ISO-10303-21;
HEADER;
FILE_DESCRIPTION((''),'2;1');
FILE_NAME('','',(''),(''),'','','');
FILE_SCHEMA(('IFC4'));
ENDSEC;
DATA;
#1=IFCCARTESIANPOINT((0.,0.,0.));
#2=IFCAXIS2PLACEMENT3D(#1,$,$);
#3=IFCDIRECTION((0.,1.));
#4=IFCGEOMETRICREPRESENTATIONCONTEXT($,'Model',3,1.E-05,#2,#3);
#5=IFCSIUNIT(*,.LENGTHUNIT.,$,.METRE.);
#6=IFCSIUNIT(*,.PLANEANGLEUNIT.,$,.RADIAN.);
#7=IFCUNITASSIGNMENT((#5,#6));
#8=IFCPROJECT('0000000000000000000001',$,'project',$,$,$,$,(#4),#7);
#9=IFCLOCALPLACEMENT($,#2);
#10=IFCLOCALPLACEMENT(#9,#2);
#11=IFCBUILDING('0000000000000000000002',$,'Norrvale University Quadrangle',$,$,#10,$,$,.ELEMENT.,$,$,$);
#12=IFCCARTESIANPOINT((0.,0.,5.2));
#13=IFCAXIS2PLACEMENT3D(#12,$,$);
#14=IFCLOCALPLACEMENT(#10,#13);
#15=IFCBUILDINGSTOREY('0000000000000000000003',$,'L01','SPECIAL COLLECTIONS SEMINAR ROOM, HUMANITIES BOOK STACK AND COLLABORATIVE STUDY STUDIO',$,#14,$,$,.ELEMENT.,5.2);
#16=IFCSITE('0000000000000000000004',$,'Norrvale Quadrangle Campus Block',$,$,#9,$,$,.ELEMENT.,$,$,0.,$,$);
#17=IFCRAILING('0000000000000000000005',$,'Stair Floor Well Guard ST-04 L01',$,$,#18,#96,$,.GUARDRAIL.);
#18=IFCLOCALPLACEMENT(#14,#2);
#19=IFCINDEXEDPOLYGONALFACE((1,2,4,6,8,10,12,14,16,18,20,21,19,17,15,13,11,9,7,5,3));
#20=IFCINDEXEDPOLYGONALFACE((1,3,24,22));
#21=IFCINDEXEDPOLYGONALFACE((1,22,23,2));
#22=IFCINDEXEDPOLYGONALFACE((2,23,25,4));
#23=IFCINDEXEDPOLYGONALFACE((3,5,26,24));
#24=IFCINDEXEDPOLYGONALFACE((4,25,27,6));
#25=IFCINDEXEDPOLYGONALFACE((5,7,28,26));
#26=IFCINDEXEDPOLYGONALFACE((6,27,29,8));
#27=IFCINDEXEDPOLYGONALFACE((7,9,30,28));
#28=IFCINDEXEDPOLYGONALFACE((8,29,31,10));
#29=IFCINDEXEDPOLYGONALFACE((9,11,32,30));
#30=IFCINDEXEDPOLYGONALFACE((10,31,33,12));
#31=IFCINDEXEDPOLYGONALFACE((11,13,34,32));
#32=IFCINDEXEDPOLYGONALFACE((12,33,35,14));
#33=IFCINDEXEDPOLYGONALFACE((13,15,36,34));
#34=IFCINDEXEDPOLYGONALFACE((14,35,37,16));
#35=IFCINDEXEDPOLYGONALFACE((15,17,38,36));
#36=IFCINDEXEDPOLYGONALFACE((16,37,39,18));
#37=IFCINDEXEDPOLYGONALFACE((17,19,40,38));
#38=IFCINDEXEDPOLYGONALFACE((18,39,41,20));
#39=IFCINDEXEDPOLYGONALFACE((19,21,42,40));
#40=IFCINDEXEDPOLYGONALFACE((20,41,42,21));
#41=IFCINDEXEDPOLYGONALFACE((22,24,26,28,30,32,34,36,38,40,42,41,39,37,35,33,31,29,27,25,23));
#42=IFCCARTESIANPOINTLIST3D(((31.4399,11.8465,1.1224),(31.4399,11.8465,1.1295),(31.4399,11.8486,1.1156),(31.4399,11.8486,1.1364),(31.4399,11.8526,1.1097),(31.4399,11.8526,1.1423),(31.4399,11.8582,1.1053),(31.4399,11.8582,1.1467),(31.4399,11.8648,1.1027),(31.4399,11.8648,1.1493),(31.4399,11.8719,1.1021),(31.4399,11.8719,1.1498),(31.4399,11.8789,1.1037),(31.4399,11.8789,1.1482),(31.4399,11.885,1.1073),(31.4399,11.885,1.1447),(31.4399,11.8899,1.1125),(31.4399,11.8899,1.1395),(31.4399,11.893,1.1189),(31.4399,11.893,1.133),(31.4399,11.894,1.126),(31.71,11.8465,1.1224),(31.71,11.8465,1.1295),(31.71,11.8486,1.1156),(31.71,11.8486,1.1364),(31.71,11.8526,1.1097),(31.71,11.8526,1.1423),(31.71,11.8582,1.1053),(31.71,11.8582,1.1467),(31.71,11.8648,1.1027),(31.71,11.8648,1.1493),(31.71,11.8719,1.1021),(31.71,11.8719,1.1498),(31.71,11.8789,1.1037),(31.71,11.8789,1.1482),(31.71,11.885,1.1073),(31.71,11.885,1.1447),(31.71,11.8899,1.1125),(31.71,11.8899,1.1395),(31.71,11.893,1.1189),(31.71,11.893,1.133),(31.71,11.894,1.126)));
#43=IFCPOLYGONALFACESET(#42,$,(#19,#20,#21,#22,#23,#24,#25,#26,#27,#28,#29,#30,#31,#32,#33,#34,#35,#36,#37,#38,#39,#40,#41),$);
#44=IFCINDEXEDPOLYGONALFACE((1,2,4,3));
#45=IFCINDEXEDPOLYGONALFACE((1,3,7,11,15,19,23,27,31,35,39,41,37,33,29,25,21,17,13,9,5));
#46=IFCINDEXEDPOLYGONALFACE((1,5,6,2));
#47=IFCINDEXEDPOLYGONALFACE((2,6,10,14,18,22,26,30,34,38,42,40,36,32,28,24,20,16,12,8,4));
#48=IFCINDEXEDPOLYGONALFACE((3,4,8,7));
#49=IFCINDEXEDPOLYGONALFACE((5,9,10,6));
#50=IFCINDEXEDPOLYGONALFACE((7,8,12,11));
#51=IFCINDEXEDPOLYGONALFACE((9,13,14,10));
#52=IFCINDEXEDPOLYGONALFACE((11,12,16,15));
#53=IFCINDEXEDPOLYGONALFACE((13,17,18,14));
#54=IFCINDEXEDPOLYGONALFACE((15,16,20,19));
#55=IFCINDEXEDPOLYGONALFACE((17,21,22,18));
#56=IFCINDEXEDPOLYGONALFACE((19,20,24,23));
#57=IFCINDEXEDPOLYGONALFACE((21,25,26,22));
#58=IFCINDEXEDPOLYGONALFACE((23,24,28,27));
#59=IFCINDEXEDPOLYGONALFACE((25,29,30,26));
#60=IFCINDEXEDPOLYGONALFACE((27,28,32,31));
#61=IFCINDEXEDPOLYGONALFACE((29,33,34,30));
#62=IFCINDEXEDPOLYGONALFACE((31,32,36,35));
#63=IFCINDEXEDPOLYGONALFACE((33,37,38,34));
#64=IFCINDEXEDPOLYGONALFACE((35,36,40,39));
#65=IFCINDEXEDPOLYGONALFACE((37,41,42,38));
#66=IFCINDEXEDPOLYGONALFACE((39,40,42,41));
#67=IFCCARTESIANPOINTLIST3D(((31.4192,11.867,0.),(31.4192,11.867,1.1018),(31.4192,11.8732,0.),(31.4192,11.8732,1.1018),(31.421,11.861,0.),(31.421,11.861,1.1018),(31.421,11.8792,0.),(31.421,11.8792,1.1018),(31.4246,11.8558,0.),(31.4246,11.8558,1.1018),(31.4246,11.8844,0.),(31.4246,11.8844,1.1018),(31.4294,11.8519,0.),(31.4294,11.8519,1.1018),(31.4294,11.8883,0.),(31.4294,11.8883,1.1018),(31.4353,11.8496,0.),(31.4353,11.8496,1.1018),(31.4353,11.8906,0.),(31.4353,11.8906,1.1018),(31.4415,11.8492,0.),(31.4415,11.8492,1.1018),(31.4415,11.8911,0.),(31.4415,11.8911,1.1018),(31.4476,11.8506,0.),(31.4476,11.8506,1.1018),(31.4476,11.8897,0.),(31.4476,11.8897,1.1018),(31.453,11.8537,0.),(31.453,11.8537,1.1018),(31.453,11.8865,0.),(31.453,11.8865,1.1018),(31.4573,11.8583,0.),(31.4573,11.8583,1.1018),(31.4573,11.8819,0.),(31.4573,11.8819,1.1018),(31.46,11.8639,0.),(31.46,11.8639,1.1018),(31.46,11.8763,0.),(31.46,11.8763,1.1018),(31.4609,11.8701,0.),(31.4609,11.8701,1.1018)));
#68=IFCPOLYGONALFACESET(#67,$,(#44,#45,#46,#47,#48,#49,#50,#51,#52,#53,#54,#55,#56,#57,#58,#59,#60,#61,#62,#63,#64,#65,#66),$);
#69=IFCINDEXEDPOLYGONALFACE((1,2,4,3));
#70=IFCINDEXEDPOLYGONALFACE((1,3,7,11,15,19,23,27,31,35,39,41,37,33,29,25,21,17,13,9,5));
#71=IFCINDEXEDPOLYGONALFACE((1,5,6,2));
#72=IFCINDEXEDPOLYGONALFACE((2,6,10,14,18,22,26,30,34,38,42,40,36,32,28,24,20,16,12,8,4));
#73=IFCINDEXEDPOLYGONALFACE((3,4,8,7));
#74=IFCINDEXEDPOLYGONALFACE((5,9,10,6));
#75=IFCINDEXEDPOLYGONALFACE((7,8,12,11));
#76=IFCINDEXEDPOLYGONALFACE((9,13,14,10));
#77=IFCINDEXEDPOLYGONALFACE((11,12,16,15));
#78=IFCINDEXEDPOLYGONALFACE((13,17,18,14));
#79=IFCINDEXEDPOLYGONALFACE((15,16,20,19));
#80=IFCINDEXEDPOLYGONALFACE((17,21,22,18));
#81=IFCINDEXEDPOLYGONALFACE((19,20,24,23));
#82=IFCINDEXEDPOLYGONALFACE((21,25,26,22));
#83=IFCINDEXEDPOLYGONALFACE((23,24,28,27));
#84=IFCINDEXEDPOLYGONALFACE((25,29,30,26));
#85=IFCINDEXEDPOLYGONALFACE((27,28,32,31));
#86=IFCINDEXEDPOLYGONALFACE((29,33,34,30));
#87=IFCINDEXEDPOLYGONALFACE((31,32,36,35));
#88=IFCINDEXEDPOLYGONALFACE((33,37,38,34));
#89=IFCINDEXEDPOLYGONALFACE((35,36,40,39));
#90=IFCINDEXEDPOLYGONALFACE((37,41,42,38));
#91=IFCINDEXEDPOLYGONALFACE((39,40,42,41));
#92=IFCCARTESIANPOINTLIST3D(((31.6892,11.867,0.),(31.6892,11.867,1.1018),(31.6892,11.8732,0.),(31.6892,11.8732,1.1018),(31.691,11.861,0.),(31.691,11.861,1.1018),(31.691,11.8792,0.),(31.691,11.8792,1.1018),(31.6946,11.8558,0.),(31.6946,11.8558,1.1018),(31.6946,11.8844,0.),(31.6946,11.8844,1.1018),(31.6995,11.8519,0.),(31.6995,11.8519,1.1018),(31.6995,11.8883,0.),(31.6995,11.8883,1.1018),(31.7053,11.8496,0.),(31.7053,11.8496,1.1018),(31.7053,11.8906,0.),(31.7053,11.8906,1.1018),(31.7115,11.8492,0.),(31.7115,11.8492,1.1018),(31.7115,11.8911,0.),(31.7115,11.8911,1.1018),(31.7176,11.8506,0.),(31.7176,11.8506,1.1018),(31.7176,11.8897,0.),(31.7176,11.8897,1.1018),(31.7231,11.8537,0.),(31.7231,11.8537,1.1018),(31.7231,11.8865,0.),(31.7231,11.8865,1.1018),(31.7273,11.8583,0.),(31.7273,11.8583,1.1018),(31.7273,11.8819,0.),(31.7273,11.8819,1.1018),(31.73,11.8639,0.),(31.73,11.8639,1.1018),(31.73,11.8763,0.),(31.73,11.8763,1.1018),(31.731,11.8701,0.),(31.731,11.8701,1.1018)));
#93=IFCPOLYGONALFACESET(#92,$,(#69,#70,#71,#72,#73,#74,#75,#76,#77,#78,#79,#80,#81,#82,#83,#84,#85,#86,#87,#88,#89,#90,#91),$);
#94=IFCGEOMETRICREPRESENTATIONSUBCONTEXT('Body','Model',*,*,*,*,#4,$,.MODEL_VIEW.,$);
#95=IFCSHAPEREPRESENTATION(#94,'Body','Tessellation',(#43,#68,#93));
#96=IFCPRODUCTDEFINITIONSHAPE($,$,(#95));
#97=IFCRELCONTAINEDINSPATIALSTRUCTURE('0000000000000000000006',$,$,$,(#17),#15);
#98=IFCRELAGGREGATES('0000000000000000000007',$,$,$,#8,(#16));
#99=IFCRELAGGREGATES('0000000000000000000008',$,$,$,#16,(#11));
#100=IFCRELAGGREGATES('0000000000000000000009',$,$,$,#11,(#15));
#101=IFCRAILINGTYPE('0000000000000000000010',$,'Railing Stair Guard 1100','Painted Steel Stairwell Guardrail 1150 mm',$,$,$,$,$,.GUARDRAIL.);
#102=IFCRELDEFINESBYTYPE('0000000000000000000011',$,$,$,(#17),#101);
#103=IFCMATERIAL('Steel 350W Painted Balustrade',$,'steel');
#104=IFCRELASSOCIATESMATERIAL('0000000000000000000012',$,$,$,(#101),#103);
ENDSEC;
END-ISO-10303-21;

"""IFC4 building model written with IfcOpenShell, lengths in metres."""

from ifc_helpers import new_model, si_unit, direction, frame, origin, origin_2d, place, context, subcontext, project, spatial, circle, extrude, material, type_object, element, save


model = new_model("IFC4")

# Units and contexts
model_context = context("Model", 3, precision=1e-05, world=origin(), true_north=direction((0.0, 1.0)))
body_context = subcontext(model_context, "Body", "Model", "MODEL_VIEW")
ifc_project = project(units=[si_unit("LENGTHUNIT", "METRE"), si_unit("PLANEANGLEUNIT", "RADIAN")], contexts=[model_context])

# Site, building, storey
site_placement = place(None, origin())
site = spatial("IfcSite", under=ifc_project, at=site_placement, Name="Norrvale Quadrangle Campus Block", CompositionType="ELEMENT", RefElevation=0.0)
building_placement = place(site_placement, origin())
building = spatial("IfcBuilding", under=site, at=building_placement, Name="Norrvale University Quadrangle", CompositionType="ELEMENT")
storey_placement = place(building_placement, frame((0.0, 0.0, 5.2)))
storey = spatial("IfcBuildingStorey", under=building, at=storey_placement, Name="L01", Description="SPECIAL COLLECTIONS SEMINAR ROOM, HUMANITIES BOOK STACK AND COLLABORATIVE STUDY STUDIO", CompositionType="ELEMENT", Elevation=5.2)

# Railing
ifc_material_1 = material(Name="Steel 350W Painted Balustrade", Category="steel")
railing_type_1 = type_object("IfcRailingType", Name="Railing Stair Guard 1100", Description="Painted Steel Stairwell Guardrail 1150 mm", PredefinedType="GUARDRAIL", material=ifc_material_1)
railing_1_placement = place(storey_placement, frame((31.4399, 11.8701, 0.0)))
element("IfcRailing", 1, at=railing_1_placement, inside=storey, type_object=railing_type_1, Name="Stair Floor Well Guard ST-04 L01", PredefinedType="GUARDRAIL", context=body_context, shape_type="SweptSolid", body=[
    extrude(circle(Radius=0.0239, at=origin_2d()), frame((0.0, 0.0, 1.126), z_axis=(1.0, 0.0, 0.0), x_axis=(0.0, 1.0, 0.0)), (0.0, 0.0, 1.0), 0.27),
    extrude(circle(Radius=0.021, at=origin_2d()), origin(), (0.0, 0.0, 1.0), 1.1018),
    extrude(circle(Radius=0.021, at=origin_2d()), frame((0.27, 0.0, 0.0)), (0.0, 0.0, 1.0), 1.1018),
])

save(model, "model.ifc")
